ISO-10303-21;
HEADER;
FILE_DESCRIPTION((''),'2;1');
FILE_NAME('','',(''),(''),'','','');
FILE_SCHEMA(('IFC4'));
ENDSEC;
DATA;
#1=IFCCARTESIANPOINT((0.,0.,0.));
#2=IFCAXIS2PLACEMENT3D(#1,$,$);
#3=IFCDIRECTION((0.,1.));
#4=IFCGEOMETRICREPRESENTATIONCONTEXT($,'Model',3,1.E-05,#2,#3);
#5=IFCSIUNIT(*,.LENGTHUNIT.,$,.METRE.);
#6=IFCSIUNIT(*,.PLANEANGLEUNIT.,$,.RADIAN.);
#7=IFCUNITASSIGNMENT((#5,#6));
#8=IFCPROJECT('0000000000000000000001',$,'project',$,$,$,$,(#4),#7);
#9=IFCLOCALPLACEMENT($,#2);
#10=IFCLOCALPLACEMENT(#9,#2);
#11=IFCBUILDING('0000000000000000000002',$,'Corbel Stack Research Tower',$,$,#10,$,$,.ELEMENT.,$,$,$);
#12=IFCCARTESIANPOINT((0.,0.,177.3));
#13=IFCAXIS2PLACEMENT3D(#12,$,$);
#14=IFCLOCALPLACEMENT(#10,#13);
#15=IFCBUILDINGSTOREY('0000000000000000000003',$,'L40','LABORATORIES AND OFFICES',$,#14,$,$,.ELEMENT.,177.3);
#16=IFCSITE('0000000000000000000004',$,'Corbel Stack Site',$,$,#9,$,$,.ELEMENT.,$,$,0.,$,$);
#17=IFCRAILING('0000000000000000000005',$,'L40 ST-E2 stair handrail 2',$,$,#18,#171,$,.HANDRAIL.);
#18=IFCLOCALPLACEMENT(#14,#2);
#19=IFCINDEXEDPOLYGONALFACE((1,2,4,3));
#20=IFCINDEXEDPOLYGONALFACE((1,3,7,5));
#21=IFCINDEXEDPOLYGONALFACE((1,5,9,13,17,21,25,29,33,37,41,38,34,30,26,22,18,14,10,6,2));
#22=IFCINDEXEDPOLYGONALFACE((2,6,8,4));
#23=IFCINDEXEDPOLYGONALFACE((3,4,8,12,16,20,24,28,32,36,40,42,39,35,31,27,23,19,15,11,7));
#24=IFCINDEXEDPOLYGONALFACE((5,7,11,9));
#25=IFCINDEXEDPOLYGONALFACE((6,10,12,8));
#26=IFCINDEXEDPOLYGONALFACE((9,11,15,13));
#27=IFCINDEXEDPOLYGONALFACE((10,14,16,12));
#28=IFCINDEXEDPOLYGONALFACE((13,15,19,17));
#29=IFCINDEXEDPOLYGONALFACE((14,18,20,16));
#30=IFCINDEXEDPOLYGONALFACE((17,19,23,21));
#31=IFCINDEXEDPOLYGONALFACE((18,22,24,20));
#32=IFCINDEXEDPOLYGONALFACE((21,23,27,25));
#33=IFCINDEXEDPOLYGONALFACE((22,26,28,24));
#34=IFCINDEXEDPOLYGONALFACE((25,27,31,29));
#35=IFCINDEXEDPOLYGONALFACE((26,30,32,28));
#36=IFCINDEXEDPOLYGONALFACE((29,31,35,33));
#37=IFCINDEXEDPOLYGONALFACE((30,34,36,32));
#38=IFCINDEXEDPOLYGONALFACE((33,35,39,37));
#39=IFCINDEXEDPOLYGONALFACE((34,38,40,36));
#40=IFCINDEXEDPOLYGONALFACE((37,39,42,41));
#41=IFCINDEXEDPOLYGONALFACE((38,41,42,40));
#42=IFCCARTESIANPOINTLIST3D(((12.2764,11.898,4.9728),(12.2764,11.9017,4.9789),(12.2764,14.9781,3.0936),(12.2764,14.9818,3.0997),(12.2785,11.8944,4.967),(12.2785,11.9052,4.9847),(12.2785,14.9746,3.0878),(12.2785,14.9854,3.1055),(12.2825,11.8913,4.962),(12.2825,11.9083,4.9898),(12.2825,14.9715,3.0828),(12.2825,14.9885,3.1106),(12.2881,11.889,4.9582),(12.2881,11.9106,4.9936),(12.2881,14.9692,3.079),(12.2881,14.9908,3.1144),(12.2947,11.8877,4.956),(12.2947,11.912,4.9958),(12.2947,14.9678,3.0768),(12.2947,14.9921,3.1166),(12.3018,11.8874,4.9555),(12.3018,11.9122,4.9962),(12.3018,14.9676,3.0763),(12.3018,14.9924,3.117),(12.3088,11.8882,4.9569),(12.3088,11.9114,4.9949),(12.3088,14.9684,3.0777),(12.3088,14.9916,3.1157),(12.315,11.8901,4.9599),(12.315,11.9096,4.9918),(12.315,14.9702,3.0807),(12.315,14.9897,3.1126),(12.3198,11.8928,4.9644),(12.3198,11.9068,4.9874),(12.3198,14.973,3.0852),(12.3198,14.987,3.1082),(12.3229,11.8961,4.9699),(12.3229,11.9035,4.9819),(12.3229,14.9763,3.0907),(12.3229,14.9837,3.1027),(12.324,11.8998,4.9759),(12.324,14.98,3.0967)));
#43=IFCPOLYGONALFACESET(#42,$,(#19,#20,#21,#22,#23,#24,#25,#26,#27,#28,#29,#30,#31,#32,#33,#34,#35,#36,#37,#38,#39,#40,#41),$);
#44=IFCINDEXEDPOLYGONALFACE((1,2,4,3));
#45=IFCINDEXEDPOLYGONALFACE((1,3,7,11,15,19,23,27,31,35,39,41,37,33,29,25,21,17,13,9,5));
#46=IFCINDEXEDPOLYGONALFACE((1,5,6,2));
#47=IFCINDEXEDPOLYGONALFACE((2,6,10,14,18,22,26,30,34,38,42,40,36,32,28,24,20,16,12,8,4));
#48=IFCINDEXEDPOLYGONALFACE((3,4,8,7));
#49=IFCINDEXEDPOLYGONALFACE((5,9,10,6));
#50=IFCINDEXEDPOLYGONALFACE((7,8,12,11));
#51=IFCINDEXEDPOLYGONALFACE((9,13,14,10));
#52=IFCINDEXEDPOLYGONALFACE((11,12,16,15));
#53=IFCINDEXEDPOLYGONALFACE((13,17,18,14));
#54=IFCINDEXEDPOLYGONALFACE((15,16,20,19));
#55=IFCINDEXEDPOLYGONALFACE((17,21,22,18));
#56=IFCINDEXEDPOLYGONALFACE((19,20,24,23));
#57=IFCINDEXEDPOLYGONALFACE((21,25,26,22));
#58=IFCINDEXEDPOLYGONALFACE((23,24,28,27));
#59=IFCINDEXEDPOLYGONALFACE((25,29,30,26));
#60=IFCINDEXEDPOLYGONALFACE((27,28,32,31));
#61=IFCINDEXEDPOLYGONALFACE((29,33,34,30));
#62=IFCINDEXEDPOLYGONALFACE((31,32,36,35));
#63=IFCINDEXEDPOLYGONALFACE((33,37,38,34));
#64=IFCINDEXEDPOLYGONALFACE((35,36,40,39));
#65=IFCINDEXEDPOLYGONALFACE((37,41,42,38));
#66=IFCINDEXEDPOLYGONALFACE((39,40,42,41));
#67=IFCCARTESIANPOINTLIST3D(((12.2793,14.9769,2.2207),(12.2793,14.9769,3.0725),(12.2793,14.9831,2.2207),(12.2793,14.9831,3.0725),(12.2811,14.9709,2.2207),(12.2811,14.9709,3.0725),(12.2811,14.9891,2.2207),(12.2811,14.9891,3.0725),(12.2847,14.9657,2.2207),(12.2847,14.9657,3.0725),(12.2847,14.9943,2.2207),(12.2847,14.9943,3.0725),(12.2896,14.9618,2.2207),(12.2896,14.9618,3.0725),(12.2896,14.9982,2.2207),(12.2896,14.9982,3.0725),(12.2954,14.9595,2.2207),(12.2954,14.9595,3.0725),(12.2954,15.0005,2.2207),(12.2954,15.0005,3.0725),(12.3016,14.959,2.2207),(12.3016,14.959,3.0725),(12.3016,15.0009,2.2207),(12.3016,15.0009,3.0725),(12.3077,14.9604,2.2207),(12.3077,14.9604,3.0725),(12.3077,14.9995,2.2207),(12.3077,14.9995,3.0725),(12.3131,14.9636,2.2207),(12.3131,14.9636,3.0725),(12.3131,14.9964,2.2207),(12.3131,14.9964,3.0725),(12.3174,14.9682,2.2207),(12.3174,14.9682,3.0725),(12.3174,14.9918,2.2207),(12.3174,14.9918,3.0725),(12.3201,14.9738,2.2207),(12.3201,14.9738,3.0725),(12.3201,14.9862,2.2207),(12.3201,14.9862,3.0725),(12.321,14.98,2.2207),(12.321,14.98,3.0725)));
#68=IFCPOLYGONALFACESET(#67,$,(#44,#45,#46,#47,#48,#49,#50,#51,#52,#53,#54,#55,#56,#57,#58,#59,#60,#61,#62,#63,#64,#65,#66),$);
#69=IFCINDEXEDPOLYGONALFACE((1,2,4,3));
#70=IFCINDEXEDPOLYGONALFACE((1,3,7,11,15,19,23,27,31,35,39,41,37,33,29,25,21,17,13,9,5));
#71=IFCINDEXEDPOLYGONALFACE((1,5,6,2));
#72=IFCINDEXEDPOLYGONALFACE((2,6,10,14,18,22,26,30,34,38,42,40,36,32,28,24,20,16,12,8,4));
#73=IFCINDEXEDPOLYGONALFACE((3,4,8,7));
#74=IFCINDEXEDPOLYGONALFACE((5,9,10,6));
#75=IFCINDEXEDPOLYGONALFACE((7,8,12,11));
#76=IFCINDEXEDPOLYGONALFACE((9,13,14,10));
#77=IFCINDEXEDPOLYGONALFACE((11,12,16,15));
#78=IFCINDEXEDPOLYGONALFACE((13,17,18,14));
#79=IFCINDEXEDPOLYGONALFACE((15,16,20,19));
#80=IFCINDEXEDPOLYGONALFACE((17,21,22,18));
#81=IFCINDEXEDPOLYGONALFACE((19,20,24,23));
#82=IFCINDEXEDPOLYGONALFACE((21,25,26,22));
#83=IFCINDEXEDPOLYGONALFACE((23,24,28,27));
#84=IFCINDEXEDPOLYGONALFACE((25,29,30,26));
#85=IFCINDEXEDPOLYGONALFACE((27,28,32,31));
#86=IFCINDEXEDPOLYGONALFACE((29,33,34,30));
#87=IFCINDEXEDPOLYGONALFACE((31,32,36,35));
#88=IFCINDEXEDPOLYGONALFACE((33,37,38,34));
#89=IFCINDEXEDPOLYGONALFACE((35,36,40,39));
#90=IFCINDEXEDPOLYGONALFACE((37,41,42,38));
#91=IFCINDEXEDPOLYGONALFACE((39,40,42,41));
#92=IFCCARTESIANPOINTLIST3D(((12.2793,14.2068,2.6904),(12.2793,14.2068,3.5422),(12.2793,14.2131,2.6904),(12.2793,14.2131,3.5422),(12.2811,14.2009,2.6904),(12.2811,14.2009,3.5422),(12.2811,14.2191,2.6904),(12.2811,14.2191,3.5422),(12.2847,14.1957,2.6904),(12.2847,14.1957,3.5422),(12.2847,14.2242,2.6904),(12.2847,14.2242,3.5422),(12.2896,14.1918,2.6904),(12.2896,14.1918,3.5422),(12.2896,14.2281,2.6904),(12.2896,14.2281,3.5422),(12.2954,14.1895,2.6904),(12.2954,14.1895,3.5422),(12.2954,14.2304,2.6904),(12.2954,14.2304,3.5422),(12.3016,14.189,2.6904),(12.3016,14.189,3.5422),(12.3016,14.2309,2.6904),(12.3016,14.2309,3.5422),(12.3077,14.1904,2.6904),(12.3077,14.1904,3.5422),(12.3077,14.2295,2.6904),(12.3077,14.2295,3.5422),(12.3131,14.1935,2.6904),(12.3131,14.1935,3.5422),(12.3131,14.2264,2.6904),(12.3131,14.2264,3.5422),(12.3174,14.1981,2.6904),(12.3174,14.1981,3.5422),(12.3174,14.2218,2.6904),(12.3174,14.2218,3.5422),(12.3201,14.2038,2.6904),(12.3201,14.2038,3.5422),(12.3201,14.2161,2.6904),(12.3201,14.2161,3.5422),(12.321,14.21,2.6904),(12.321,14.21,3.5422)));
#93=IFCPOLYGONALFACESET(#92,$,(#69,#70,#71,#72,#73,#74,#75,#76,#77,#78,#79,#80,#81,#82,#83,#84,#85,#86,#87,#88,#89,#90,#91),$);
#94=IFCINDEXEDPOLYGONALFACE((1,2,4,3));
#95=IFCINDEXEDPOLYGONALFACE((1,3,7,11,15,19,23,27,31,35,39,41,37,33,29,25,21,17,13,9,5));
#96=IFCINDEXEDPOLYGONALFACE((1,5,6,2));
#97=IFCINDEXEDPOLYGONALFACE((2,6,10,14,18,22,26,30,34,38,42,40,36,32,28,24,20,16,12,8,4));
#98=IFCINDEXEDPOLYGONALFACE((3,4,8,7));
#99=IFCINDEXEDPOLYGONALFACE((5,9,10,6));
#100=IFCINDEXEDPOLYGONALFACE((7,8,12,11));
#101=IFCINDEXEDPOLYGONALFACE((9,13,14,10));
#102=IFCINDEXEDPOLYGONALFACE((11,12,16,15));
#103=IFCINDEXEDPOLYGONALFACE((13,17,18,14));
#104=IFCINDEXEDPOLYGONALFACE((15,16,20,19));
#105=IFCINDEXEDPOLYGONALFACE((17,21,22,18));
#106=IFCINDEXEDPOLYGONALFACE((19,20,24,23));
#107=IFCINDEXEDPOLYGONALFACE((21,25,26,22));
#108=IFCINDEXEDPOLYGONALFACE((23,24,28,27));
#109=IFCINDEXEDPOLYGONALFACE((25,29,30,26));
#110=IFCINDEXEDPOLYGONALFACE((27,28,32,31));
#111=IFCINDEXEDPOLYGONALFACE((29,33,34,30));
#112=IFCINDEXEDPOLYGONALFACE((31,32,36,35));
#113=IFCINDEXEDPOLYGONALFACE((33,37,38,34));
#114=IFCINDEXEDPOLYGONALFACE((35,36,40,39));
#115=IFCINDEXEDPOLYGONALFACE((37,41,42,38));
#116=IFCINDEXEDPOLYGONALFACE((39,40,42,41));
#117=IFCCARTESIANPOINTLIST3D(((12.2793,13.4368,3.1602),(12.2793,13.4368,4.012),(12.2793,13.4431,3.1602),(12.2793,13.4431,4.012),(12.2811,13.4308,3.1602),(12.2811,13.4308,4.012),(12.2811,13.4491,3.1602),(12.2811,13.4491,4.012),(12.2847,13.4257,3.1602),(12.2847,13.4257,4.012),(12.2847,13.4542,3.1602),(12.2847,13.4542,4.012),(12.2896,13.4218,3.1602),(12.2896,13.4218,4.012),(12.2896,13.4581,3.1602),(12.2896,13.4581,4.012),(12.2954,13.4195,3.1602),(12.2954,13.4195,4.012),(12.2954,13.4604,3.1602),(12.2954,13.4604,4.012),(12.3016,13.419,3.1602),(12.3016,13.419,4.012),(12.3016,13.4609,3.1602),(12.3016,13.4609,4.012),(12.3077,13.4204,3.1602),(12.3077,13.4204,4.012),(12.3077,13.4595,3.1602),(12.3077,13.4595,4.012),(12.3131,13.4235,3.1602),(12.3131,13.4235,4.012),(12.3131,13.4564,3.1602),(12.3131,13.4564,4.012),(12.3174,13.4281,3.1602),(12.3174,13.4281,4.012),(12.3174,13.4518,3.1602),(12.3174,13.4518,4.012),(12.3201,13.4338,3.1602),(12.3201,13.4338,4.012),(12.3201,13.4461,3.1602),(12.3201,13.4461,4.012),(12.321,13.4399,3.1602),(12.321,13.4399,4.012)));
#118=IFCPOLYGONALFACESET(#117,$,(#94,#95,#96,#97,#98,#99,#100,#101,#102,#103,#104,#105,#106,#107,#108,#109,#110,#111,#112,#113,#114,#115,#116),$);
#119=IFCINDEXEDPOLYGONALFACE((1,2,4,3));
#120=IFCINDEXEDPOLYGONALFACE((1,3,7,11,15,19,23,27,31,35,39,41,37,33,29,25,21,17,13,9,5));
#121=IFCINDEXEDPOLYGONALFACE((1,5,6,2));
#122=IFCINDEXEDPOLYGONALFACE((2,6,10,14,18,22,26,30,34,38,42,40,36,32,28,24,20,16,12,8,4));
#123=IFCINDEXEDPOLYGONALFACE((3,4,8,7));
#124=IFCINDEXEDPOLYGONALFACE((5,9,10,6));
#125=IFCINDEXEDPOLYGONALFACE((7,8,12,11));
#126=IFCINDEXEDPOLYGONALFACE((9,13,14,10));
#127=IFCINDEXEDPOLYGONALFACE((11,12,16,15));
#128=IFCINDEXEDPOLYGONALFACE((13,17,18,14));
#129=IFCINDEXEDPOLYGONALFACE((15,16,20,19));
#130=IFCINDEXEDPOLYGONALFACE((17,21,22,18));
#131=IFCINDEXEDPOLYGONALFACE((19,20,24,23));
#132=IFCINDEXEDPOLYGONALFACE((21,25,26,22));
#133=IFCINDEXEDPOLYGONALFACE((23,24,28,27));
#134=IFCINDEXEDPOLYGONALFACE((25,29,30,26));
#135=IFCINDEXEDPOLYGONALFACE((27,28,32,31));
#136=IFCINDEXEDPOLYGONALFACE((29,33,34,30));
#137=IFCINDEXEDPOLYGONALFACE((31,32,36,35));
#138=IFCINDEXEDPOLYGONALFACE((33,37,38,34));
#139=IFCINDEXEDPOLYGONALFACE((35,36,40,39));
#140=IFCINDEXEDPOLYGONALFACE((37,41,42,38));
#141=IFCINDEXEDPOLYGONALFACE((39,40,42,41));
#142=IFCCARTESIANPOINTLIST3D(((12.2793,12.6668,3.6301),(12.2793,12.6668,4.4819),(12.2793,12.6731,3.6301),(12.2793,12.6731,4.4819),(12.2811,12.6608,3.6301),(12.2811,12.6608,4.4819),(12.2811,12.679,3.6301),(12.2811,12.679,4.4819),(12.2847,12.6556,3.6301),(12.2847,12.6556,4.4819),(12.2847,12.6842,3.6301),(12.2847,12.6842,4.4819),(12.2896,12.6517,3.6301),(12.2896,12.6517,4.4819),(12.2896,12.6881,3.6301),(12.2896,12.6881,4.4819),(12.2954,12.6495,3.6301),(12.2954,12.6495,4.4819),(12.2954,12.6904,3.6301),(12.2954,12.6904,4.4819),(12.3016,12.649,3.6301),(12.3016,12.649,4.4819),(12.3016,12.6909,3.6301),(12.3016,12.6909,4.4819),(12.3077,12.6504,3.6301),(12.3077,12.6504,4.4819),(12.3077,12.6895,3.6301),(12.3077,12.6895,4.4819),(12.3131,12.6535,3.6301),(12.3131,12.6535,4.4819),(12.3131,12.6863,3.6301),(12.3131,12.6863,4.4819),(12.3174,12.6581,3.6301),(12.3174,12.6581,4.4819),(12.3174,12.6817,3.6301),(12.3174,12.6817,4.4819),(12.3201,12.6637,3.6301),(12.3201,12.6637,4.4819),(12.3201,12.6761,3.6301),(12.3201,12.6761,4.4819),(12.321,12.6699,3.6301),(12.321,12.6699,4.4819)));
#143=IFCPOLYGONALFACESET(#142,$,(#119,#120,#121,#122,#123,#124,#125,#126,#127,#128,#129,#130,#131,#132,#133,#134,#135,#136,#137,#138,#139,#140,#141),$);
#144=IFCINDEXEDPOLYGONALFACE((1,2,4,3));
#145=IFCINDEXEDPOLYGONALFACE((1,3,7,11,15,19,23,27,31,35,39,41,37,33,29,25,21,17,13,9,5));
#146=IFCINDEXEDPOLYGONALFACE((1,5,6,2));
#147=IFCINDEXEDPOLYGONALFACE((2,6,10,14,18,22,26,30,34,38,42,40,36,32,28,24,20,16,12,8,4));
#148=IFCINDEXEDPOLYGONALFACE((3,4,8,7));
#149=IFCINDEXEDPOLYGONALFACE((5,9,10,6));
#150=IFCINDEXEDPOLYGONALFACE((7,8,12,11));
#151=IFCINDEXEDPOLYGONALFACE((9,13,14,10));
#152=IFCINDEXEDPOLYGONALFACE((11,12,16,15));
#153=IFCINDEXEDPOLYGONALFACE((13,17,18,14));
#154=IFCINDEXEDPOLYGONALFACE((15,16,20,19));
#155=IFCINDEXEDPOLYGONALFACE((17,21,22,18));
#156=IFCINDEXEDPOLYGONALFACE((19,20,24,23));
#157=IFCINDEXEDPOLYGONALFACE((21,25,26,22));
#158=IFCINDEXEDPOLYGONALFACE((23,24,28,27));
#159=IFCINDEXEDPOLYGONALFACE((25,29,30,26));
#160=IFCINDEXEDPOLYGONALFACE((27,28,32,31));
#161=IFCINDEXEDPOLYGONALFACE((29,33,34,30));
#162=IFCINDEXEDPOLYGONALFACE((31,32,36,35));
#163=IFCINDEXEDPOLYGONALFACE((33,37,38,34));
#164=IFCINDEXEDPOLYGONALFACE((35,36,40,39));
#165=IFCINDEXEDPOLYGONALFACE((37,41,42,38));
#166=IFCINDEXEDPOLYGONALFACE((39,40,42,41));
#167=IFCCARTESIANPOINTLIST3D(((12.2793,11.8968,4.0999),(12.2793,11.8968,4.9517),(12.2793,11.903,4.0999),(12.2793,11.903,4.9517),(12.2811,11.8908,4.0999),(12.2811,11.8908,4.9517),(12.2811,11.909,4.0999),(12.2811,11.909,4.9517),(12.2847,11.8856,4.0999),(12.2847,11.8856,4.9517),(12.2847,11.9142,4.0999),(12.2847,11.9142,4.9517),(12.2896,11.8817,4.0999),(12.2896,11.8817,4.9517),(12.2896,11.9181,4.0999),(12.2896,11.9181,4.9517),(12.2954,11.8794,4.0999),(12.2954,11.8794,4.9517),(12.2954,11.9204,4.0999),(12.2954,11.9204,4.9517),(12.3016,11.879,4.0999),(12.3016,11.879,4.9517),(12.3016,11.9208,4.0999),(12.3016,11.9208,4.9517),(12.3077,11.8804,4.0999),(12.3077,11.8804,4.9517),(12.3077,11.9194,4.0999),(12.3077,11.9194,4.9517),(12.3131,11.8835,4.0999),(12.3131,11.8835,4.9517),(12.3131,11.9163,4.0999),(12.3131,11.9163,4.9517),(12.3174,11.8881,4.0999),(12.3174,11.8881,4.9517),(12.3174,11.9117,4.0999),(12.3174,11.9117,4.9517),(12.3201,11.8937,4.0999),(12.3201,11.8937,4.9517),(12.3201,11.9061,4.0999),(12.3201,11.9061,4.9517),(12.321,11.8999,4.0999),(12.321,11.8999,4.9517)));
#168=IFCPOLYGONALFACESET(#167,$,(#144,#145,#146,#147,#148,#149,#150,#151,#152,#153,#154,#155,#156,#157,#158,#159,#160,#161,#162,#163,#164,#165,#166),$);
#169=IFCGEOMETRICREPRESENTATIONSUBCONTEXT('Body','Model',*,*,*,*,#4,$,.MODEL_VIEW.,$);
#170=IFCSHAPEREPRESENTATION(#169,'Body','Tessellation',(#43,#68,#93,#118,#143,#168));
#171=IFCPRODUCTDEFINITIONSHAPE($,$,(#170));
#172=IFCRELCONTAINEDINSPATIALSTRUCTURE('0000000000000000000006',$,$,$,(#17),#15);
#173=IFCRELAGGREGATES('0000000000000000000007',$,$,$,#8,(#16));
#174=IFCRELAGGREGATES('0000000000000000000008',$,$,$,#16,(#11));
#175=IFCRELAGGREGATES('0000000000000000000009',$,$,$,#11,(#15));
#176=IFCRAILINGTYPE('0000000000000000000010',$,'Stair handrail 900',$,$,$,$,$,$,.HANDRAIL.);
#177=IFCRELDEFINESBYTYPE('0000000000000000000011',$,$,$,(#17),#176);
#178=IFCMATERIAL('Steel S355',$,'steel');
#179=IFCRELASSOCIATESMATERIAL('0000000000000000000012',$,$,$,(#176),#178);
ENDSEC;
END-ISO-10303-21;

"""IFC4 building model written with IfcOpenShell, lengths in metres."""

from ifc_helpers import new_model, si_unit, direction, frame, origin, origin_2d, place, context, subcontext, project, spatial, circle, extrude, material, type_object, element, save


model = new_model("IFC4")

# Units and contexts
model_context = context("Model", 3, precision=1e-05, world=origin(), true_north=direction((0.0, 1.0)))
body_context = subcontext(model_context, "Body", "Model", "MODEL_VIEW")
ifc_project = project(units=[si_unit("LENGTHUNIT", "METRE"), si_unit("PLANEANGLEUNIT", "RADIAN")], contexts=[model_context])

# Site, building, storey
site_placement = place(None, origin())
site = spatial("IfcSite", under=ifc_project, at=site_placement, Name="Corbel Stack Site", CompositionType="ELEMENT", RefElevation=0.0)
building_placement = place(site_placement, origin())
building = spatial("IfcBuilding", under=site, at=building_placement, Name="Corbel Stack Research Tower", CompositionType="ELEMENT")
storey_placement = place(building_placement, frame((0.0, 0.0, 177.3)))
storey = spatial("IfcBuildingStorey", under=building, at=storey_placement, Name="L40", Description="LABORATORIES AND OFFICES", CompositionType="ELEMENT", Elevation=177.3)

# Railing
ifc_material_1 = material(Name="Steel S355", Category="steel")
railing_type_1 = type_object("IfcRailingType", Name="Stair handrail 900", PredefinedType="HANDRAIL", material=ifc_material_1)
railing_1_placement = place(storey_placement, frame((12.3, 14.98, 2.2207)))
element("IfcRailing", 1, at=railing_1_placement, inside=storey, type_object=railing_type_1, Name="L40 ST-E2 stair handrail 2", PredefinedType="HANDRAIL", context=body_context, shape_type="SweptSolid", body=[
    extrude(circle(Radius=0.0239, at=origin_2d()), frame((0.0, 0.0, 0.876), z_axis=(0.0, -0.853666, 0.52082), x_axis=(1.0, 0.0, 0.0)), (0.0, 0.0, 1.0), 3.6082),
    extrude(circle(Radius=0.021, at=origin_2d()), origin(), (0.0, 0.0, 1.0), 0.8518),
    extrude(circle(Radius=0.021, at=origin_2d()), frame((0.0, -0.77, 0.4697)), (0.0, 0.0, 1.0), 0.8518),
    extrude(circle(Radius=0.021, at=origin_2d()), frame((0.0, -1.54, 0.9395)), (0.0, 0.0, 1.0), 0.8518),
    extrude(circle(Radius=0.021, at=origin_2d()), frame((0.0, -2.3101, 1.4094)), (0.0, 0.0, 1.0), 0.8518),
    extrude(circle(Radius=0.021, at=origin_2d()), frame((0.0, -3.0801, 1.8792)), (0.0, 0.0, 1.0), 0.8518),
])

save(model, "model.ifc")
